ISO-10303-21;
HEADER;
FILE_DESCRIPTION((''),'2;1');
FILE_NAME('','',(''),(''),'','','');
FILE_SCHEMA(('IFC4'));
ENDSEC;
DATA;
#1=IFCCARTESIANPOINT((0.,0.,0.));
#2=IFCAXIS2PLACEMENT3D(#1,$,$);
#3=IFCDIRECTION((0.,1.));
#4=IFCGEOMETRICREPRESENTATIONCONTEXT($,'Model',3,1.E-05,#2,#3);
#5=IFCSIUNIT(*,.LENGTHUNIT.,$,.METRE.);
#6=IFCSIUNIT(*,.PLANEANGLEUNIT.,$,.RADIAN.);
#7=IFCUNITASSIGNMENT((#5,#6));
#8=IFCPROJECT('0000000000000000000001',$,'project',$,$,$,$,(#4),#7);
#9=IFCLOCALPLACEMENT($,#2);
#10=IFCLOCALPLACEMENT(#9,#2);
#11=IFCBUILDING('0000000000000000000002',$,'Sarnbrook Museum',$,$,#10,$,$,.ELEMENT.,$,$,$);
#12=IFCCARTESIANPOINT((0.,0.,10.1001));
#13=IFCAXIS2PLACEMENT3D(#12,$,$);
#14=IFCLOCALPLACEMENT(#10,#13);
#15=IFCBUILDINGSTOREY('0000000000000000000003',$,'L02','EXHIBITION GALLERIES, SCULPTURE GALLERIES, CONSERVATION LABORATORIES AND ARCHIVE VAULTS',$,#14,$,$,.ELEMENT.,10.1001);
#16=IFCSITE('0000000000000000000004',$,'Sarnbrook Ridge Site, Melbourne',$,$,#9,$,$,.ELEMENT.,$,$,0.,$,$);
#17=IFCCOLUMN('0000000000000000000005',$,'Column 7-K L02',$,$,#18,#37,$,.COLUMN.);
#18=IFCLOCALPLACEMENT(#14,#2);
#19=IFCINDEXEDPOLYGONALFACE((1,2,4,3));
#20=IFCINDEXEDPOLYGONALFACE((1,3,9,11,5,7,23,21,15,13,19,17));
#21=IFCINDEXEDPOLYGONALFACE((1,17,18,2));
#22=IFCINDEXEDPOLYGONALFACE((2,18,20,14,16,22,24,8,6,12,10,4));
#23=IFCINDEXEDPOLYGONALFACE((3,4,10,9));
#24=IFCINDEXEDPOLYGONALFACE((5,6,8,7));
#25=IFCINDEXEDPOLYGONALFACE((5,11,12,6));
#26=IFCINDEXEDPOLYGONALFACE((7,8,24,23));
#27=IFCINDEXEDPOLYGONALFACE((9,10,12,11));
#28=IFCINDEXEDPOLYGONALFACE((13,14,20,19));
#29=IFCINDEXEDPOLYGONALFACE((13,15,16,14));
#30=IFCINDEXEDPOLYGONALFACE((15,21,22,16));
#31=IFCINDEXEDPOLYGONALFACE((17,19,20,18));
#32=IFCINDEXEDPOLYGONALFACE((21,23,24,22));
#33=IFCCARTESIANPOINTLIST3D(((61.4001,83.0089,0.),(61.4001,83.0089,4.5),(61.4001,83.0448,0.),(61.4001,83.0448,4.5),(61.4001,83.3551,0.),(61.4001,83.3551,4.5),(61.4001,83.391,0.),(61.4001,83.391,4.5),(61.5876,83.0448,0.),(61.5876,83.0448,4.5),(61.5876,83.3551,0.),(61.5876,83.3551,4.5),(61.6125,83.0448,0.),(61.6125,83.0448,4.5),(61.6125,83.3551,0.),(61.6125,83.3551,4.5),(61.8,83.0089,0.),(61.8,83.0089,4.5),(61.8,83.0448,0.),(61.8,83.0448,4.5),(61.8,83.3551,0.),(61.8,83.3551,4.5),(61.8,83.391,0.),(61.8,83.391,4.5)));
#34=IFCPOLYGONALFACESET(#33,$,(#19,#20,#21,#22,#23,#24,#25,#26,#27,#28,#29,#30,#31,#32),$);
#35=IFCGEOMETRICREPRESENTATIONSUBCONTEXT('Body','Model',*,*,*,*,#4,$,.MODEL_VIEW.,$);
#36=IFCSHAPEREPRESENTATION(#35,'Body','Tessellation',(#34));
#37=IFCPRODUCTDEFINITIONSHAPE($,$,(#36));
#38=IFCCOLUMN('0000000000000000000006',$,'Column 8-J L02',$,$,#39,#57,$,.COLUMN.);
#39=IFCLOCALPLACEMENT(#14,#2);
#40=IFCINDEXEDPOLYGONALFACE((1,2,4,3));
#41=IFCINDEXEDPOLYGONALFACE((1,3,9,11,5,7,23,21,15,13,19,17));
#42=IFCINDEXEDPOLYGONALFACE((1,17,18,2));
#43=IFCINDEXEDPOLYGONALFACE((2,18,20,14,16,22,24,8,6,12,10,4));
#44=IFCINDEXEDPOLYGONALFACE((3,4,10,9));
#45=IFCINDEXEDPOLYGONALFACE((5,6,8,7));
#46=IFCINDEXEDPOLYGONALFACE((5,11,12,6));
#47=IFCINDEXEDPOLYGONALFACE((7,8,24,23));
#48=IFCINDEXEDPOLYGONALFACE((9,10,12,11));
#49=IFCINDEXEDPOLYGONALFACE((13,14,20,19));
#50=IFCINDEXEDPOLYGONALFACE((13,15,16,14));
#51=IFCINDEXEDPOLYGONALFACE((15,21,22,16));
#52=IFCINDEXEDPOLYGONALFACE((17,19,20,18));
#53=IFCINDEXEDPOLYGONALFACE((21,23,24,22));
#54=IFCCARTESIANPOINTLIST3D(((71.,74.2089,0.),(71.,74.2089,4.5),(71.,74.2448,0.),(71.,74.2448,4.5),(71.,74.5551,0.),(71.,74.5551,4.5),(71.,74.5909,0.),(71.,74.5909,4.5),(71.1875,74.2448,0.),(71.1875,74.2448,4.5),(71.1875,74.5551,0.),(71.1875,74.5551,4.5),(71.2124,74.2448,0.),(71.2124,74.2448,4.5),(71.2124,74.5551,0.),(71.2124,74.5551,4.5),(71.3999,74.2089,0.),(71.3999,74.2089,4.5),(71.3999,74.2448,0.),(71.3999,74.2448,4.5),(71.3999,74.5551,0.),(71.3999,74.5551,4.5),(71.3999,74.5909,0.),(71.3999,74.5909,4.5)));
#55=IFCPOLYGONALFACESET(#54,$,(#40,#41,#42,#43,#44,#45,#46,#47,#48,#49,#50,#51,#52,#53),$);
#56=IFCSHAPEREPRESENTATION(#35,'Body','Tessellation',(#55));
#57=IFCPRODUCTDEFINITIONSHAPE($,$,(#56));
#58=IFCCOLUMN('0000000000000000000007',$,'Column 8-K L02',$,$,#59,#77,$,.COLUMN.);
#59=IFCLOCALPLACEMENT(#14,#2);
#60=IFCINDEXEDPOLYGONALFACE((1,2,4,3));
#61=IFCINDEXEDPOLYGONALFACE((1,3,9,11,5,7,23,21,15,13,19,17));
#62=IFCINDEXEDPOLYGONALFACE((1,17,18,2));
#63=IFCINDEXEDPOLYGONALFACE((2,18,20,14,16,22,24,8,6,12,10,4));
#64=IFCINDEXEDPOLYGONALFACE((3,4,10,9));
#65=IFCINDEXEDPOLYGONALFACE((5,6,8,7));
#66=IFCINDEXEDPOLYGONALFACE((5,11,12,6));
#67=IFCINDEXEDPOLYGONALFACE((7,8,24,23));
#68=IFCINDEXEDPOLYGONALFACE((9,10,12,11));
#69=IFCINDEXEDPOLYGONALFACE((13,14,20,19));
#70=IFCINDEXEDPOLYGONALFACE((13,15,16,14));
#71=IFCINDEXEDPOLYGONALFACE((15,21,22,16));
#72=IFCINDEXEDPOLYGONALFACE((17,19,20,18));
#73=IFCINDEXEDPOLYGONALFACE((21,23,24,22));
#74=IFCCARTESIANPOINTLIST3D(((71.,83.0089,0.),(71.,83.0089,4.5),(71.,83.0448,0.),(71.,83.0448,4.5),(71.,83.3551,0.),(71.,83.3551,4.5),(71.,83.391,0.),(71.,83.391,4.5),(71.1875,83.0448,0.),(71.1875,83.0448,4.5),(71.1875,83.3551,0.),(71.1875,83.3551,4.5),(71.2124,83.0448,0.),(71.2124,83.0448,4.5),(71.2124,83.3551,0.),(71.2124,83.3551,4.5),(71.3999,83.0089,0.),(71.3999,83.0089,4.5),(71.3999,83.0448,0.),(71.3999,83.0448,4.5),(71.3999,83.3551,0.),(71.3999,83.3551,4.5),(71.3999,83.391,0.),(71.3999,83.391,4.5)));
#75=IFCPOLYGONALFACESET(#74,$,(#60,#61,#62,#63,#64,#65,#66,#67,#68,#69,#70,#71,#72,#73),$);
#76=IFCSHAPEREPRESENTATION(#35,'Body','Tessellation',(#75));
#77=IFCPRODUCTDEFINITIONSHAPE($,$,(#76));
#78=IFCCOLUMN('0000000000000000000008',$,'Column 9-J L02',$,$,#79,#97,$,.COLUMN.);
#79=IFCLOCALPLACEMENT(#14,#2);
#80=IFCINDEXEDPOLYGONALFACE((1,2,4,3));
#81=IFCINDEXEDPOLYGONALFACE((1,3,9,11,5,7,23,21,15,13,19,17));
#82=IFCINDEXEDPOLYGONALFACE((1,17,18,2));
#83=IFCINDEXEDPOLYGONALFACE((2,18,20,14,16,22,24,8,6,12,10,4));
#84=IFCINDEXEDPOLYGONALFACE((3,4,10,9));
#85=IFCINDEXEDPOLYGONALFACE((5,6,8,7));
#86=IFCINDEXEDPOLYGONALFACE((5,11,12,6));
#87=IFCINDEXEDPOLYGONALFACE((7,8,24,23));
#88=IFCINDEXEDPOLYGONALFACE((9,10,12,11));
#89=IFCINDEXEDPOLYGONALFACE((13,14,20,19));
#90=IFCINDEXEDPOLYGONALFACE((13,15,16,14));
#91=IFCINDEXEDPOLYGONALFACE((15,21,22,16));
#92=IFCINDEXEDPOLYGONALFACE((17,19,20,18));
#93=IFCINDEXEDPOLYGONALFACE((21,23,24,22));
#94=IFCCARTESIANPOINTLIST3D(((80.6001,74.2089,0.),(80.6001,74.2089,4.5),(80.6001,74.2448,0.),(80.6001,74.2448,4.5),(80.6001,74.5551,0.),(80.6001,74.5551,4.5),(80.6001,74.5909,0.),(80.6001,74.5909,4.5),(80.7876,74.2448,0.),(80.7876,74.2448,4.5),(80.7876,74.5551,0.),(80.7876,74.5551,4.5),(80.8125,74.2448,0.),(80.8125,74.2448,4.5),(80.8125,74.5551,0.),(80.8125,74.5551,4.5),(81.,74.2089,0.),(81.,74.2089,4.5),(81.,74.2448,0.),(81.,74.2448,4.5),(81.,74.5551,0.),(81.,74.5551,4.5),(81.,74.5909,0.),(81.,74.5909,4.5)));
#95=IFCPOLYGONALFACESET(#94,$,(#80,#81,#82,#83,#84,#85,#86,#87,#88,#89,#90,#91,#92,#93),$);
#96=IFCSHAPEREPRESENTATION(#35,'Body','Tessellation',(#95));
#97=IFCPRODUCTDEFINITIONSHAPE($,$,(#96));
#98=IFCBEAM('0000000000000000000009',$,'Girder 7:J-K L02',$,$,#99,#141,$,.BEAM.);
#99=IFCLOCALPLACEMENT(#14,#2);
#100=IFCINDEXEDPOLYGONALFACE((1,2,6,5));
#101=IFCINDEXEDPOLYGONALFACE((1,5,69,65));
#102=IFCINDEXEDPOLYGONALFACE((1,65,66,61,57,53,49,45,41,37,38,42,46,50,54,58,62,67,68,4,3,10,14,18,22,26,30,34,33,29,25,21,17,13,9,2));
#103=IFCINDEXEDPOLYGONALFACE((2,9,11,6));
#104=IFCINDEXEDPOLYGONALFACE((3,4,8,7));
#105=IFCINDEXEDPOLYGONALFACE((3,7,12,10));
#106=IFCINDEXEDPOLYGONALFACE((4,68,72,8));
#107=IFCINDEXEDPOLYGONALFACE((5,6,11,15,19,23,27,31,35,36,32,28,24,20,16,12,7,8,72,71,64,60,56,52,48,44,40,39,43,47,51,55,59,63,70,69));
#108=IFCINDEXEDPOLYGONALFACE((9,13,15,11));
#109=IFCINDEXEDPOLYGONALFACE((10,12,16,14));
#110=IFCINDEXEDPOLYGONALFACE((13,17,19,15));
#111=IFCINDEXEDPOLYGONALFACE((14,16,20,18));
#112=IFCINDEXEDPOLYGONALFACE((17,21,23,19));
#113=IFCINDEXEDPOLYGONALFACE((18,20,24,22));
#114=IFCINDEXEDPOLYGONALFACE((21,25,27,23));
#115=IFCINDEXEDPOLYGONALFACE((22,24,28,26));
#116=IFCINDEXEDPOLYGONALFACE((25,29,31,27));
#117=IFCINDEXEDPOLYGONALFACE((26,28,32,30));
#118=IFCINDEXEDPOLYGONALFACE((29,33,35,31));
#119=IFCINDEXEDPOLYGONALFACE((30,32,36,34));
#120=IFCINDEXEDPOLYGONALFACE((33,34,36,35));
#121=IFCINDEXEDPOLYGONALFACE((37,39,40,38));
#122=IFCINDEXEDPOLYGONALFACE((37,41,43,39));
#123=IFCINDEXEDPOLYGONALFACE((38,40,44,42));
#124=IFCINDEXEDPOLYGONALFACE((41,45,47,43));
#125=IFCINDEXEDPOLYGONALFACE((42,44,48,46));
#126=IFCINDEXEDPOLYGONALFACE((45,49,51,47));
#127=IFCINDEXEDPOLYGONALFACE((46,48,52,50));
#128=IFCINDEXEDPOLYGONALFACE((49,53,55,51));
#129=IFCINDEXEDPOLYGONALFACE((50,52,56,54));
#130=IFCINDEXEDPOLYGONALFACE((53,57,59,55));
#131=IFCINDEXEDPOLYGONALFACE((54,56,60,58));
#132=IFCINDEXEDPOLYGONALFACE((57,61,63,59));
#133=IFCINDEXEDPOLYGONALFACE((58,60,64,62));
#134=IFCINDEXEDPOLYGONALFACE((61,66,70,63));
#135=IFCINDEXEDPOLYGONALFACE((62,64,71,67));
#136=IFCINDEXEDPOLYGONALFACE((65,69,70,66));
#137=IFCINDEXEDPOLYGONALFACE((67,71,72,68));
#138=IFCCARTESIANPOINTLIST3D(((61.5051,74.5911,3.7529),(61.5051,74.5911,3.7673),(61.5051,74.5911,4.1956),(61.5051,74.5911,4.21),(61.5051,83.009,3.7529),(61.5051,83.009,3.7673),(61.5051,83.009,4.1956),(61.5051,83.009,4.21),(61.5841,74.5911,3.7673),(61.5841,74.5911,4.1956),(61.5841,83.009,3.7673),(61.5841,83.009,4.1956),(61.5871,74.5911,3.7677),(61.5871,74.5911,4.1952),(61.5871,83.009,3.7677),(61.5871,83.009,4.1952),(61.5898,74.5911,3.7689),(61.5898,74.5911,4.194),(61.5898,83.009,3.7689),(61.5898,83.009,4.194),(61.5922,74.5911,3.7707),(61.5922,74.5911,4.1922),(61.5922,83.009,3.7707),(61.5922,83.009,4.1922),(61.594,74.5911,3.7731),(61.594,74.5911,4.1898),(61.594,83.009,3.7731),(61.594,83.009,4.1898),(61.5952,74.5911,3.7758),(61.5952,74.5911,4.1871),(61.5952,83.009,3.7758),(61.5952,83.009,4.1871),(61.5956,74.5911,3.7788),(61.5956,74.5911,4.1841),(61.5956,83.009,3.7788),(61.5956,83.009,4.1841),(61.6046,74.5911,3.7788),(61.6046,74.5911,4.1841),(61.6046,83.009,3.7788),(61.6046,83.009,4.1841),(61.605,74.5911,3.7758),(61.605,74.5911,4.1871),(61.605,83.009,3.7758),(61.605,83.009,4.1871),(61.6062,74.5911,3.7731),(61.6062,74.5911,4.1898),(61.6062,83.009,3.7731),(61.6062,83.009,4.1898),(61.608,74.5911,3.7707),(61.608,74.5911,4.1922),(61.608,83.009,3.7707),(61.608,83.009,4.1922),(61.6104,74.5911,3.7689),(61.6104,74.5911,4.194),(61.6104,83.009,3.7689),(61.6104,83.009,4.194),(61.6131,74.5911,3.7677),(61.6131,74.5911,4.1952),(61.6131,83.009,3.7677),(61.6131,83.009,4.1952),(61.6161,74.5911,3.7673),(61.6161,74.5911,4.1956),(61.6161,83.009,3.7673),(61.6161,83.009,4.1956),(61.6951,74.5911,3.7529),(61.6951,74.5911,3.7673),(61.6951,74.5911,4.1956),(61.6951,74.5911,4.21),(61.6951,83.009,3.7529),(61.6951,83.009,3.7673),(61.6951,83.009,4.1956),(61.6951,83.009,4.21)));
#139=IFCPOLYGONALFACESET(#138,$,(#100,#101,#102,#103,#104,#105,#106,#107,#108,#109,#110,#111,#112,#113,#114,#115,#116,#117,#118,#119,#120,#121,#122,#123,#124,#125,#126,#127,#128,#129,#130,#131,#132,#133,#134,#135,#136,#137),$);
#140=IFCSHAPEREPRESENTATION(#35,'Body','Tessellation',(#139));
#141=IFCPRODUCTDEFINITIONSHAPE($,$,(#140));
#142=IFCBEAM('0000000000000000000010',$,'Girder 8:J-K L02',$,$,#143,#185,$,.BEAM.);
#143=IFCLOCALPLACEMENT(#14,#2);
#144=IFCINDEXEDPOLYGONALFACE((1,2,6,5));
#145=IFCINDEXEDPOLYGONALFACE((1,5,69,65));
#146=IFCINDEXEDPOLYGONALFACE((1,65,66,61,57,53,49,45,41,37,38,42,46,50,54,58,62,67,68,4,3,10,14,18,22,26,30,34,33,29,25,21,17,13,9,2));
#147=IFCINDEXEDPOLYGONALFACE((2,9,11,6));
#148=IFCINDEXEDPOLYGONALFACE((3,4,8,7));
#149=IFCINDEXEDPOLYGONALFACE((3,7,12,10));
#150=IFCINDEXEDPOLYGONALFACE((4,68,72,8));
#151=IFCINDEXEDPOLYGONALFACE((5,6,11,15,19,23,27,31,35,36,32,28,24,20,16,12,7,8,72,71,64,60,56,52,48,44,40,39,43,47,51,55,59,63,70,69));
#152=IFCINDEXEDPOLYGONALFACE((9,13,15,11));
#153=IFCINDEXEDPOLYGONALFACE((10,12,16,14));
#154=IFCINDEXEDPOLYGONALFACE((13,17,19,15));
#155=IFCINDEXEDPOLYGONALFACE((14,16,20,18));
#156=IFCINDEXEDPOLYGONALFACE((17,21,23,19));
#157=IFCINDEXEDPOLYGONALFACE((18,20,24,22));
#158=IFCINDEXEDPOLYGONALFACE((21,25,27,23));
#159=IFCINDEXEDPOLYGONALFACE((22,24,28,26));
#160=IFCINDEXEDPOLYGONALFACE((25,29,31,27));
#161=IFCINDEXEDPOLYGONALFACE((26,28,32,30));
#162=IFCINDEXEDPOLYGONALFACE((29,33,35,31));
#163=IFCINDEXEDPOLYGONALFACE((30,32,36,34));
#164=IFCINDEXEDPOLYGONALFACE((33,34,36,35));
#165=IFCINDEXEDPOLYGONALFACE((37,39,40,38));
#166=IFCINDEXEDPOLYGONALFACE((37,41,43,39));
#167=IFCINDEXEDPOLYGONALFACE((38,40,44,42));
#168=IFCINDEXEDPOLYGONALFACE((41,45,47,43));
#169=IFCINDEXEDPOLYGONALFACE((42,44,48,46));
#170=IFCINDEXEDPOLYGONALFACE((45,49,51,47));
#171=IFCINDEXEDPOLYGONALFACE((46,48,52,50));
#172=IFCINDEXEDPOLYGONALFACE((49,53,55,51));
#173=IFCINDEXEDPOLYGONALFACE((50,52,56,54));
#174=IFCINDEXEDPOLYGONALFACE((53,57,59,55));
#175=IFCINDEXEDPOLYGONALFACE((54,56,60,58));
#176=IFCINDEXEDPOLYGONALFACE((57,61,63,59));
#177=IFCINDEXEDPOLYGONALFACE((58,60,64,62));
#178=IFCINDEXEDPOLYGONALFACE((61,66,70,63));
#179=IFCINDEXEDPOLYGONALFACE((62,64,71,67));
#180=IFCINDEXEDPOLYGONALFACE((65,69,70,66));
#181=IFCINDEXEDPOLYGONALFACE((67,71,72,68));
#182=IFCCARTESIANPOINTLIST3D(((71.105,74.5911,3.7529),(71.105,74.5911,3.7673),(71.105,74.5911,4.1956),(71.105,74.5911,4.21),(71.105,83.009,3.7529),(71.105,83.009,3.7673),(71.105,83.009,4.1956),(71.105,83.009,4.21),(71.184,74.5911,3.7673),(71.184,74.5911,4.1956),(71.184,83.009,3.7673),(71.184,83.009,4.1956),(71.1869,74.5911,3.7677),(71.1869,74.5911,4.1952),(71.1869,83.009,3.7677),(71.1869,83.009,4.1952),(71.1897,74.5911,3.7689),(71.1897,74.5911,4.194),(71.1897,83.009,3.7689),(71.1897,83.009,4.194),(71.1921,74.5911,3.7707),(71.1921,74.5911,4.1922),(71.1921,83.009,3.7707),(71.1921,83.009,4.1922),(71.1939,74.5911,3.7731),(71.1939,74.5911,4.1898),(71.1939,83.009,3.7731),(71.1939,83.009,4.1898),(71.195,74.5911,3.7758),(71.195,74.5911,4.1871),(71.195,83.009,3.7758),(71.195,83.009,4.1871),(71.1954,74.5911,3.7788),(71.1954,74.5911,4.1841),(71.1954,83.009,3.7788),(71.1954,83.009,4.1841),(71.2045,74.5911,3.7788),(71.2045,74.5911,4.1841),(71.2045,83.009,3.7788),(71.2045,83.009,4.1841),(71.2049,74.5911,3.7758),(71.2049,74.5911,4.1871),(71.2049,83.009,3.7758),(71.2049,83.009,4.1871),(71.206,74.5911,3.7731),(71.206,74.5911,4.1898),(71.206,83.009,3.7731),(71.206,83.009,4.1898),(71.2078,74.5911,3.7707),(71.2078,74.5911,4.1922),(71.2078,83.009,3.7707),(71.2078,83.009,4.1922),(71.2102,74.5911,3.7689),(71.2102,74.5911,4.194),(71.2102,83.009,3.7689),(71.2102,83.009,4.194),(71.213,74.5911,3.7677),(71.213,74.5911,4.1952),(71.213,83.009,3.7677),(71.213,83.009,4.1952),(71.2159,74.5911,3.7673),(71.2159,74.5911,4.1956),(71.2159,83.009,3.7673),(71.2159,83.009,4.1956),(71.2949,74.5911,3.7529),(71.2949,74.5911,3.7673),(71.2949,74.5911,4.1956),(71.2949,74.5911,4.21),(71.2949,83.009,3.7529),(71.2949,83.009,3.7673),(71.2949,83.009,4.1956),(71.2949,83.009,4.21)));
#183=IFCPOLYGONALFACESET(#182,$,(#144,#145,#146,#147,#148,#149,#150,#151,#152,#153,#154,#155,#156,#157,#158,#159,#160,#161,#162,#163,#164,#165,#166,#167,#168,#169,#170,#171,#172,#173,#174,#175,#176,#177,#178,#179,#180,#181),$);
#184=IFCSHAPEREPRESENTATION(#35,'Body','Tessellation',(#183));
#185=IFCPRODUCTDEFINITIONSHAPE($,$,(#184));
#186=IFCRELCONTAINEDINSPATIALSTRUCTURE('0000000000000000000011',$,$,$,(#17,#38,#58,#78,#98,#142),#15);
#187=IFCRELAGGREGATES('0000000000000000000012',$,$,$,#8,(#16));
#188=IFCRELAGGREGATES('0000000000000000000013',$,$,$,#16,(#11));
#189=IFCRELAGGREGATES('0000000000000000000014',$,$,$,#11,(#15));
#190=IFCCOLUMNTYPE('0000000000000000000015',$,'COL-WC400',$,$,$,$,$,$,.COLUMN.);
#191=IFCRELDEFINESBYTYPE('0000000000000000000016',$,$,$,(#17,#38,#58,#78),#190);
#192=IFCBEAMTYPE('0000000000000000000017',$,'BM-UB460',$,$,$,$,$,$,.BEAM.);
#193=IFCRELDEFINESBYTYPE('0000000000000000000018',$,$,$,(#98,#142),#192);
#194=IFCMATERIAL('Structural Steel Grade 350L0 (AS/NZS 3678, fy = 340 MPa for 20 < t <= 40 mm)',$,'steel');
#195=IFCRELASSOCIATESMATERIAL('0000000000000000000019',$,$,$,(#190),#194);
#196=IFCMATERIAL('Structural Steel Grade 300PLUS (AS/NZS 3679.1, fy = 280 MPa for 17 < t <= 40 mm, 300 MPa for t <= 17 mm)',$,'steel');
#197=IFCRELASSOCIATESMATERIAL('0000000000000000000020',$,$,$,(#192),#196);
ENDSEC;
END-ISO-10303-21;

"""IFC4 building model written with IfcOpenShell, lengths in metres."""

from ifc_helpers import new_model, si_unit, direction, frame, origin, origin_2d, place, context, subcontext, project, spatial, i_section, extrude, material, material_profile, profile_set, type_object, element, save


model = new_model("IFC4")

# Units and contexts
model_context = context("Model", 3, precision=1e-05, world=origin(), true_north=direction((0.0, 1.0)))
body_context = subcontext(model_context, "Body", "Model", "MODEL_VIEW")
ifc_project = project(units=[si_unit("LENGTHUNIT", "METRE"), si_unit("PLANEANGLEUNIT", "RADIAN")], contexts=[model_context])

# Site, building, storey
site_placement = place(None, origin())
site = spatial("IfcSite", under=ifc_project, at=site_placement, Name="Sarnbrook Ridge Site, Melbourne", CompositionType="ELEMENT", RefElevation=0.0)
building_placement = place(site_placement, origin())
building = spatial("IfcBuilding", under=site, at=building_placement, Name="Sarnbrook Museum", CompositionType="ELEMENT")
storey_placement = place(building_placement, frame((0.0, 0.0, 10.1001)))
storey = spatial("IfcBuildingStorey", under=building, at=storey_placement, Name="L02", Description="EXHIBITION GALLERIES, SCULPTURE GALLERIES, CONSERVATION LABORATORIES AND ARCHIVE VAULTS", CompositionType="ELEMENT", Elevation=10.1001)

# Columns
ifc_material_1 = material(Name="Structural Steel Grade 350L0 (AS/NZS 3678, fy = 340 MPa for 20 < t <= 40 mm)", Category="steel")
ifc_material_profile_1 = material_profile(ifc_material_1, i_section(OverallWidth=0.3999, OverallDepth=0.3821, WebThickness=0.0249, FlangeThickness=0.0359, at=origin_2d()), Name="400WC270")
ifc_profile_set_1 = profile_set([ifc_material_profile_1], Name="Structural Steel Grade 350L0 (AS/NZS 3678, fy = 340 MPa for 20 < t <= 40 mm)")
column_type = type_object("IfcColumnType", Name="COL-WC400", PredefinedType="COLUMN", material=ifc_profile_set_1)
for number, where, z_axis, x_axis, name in (
    (1, (61.6001, 83.2, 0.0), (0.0, 0.0, 1.0), (1.0, 0.0, 0.0), "Column 7-K L02"),
    (2, (71.2, 74.3999, 0.0), (0.0, 0.0, 1.0), (1.0, 0.0, 0.0), "Column 8-J L02"),
    (3, (71.2, 83.2, 0.0), (0.0, 0.0, 1.0), (1.0, 0.0, 0.0), "Column 8-K L02"),
    (4, (80.8, 74.3999, 0.0), (0.0, 0.0, 1.0), (1.0, 0.0, 0.0), "Column 9-J L02"),
):
    element("IfcColumn", number, at=place(storey_placement, frame(where, z_axis=z_axis, x_axis=x_axis)), inside=storey, type_object=column_type, Name=name, PredefinedType="COLUMN", context=body_context, shape_type="SweptSolid", body=[
        extrude(i_section(OverallWidth=0.3999, OverallDepth=0.3821, WebThickness=0.0249, FlangeThickness=0.0359, at=origin_2d()), origin(), (0.0, 0.0, 1.0), 4.5),
    ])

# Beams
ifc_material_2 = material(Name="Structural Steel Grade 300PLUS (AS/NZS 3679.1, fy = 280 MPa for 17 < t <= 40 mm, 300 MPa for t <= 17 mm)", Category="steel")
ifc_material_profile_2 = material_profile(ifc_material_2, i_section(OverallWidth=0.1899, OverallDepth=0.457, WebThickness=0.009, FlangeThickness=0.0144, FilletRadius=0.0115, at=origin_2d()), Name="460UB74.6")
ifc_profile_set_2 = profile_set([ifc_material_profile_2], Name="Structural Steel Grade 300PLUS (AS/NZS 3679.1, fy = 280 MPa for 17 < t <= 40 mm, 300 MPa for t <= 17 mm)")
beam_type_1 = type_object("IfcBeamType", Name="BM-UB460", PredefinedType="BEAM", material=ifc_profile_set_2)
for number, where, z_axis, x_axis, name in (
    (5, (61.6001, 74.5911, 3.9814), (0.0, 1.0, 0.0), (-1.0, 0.0, 0.0), "Girder 7:J-K L02"),
    (6, (71.2, 74.5911, 3.9814), (0.0, 1.0, 0.0), (-1.0, 0.0, 0.0), "Girder 8:J-K L02"),
):
    element("IfcBeam", number, at=place(storey_placement, frame(where, z_axis=z_axis, x_axis=x_axis)), inside=storey, type_object=beam_type_1, Name=name, PredefinedType="BEAM", context=body_context, shape_type="SweptSolid", body=[
        extrude(i_section(OverallWidth=0.1899, OverallDepth=0.457, WebThickness=0.009, FlangeThickness=0.0144, FilletRadius=0.0115, at=origin_2d()), origin(), (0.0, 0.0, 1.0), 8.418),
    ])

save(model, "model.ifc")
